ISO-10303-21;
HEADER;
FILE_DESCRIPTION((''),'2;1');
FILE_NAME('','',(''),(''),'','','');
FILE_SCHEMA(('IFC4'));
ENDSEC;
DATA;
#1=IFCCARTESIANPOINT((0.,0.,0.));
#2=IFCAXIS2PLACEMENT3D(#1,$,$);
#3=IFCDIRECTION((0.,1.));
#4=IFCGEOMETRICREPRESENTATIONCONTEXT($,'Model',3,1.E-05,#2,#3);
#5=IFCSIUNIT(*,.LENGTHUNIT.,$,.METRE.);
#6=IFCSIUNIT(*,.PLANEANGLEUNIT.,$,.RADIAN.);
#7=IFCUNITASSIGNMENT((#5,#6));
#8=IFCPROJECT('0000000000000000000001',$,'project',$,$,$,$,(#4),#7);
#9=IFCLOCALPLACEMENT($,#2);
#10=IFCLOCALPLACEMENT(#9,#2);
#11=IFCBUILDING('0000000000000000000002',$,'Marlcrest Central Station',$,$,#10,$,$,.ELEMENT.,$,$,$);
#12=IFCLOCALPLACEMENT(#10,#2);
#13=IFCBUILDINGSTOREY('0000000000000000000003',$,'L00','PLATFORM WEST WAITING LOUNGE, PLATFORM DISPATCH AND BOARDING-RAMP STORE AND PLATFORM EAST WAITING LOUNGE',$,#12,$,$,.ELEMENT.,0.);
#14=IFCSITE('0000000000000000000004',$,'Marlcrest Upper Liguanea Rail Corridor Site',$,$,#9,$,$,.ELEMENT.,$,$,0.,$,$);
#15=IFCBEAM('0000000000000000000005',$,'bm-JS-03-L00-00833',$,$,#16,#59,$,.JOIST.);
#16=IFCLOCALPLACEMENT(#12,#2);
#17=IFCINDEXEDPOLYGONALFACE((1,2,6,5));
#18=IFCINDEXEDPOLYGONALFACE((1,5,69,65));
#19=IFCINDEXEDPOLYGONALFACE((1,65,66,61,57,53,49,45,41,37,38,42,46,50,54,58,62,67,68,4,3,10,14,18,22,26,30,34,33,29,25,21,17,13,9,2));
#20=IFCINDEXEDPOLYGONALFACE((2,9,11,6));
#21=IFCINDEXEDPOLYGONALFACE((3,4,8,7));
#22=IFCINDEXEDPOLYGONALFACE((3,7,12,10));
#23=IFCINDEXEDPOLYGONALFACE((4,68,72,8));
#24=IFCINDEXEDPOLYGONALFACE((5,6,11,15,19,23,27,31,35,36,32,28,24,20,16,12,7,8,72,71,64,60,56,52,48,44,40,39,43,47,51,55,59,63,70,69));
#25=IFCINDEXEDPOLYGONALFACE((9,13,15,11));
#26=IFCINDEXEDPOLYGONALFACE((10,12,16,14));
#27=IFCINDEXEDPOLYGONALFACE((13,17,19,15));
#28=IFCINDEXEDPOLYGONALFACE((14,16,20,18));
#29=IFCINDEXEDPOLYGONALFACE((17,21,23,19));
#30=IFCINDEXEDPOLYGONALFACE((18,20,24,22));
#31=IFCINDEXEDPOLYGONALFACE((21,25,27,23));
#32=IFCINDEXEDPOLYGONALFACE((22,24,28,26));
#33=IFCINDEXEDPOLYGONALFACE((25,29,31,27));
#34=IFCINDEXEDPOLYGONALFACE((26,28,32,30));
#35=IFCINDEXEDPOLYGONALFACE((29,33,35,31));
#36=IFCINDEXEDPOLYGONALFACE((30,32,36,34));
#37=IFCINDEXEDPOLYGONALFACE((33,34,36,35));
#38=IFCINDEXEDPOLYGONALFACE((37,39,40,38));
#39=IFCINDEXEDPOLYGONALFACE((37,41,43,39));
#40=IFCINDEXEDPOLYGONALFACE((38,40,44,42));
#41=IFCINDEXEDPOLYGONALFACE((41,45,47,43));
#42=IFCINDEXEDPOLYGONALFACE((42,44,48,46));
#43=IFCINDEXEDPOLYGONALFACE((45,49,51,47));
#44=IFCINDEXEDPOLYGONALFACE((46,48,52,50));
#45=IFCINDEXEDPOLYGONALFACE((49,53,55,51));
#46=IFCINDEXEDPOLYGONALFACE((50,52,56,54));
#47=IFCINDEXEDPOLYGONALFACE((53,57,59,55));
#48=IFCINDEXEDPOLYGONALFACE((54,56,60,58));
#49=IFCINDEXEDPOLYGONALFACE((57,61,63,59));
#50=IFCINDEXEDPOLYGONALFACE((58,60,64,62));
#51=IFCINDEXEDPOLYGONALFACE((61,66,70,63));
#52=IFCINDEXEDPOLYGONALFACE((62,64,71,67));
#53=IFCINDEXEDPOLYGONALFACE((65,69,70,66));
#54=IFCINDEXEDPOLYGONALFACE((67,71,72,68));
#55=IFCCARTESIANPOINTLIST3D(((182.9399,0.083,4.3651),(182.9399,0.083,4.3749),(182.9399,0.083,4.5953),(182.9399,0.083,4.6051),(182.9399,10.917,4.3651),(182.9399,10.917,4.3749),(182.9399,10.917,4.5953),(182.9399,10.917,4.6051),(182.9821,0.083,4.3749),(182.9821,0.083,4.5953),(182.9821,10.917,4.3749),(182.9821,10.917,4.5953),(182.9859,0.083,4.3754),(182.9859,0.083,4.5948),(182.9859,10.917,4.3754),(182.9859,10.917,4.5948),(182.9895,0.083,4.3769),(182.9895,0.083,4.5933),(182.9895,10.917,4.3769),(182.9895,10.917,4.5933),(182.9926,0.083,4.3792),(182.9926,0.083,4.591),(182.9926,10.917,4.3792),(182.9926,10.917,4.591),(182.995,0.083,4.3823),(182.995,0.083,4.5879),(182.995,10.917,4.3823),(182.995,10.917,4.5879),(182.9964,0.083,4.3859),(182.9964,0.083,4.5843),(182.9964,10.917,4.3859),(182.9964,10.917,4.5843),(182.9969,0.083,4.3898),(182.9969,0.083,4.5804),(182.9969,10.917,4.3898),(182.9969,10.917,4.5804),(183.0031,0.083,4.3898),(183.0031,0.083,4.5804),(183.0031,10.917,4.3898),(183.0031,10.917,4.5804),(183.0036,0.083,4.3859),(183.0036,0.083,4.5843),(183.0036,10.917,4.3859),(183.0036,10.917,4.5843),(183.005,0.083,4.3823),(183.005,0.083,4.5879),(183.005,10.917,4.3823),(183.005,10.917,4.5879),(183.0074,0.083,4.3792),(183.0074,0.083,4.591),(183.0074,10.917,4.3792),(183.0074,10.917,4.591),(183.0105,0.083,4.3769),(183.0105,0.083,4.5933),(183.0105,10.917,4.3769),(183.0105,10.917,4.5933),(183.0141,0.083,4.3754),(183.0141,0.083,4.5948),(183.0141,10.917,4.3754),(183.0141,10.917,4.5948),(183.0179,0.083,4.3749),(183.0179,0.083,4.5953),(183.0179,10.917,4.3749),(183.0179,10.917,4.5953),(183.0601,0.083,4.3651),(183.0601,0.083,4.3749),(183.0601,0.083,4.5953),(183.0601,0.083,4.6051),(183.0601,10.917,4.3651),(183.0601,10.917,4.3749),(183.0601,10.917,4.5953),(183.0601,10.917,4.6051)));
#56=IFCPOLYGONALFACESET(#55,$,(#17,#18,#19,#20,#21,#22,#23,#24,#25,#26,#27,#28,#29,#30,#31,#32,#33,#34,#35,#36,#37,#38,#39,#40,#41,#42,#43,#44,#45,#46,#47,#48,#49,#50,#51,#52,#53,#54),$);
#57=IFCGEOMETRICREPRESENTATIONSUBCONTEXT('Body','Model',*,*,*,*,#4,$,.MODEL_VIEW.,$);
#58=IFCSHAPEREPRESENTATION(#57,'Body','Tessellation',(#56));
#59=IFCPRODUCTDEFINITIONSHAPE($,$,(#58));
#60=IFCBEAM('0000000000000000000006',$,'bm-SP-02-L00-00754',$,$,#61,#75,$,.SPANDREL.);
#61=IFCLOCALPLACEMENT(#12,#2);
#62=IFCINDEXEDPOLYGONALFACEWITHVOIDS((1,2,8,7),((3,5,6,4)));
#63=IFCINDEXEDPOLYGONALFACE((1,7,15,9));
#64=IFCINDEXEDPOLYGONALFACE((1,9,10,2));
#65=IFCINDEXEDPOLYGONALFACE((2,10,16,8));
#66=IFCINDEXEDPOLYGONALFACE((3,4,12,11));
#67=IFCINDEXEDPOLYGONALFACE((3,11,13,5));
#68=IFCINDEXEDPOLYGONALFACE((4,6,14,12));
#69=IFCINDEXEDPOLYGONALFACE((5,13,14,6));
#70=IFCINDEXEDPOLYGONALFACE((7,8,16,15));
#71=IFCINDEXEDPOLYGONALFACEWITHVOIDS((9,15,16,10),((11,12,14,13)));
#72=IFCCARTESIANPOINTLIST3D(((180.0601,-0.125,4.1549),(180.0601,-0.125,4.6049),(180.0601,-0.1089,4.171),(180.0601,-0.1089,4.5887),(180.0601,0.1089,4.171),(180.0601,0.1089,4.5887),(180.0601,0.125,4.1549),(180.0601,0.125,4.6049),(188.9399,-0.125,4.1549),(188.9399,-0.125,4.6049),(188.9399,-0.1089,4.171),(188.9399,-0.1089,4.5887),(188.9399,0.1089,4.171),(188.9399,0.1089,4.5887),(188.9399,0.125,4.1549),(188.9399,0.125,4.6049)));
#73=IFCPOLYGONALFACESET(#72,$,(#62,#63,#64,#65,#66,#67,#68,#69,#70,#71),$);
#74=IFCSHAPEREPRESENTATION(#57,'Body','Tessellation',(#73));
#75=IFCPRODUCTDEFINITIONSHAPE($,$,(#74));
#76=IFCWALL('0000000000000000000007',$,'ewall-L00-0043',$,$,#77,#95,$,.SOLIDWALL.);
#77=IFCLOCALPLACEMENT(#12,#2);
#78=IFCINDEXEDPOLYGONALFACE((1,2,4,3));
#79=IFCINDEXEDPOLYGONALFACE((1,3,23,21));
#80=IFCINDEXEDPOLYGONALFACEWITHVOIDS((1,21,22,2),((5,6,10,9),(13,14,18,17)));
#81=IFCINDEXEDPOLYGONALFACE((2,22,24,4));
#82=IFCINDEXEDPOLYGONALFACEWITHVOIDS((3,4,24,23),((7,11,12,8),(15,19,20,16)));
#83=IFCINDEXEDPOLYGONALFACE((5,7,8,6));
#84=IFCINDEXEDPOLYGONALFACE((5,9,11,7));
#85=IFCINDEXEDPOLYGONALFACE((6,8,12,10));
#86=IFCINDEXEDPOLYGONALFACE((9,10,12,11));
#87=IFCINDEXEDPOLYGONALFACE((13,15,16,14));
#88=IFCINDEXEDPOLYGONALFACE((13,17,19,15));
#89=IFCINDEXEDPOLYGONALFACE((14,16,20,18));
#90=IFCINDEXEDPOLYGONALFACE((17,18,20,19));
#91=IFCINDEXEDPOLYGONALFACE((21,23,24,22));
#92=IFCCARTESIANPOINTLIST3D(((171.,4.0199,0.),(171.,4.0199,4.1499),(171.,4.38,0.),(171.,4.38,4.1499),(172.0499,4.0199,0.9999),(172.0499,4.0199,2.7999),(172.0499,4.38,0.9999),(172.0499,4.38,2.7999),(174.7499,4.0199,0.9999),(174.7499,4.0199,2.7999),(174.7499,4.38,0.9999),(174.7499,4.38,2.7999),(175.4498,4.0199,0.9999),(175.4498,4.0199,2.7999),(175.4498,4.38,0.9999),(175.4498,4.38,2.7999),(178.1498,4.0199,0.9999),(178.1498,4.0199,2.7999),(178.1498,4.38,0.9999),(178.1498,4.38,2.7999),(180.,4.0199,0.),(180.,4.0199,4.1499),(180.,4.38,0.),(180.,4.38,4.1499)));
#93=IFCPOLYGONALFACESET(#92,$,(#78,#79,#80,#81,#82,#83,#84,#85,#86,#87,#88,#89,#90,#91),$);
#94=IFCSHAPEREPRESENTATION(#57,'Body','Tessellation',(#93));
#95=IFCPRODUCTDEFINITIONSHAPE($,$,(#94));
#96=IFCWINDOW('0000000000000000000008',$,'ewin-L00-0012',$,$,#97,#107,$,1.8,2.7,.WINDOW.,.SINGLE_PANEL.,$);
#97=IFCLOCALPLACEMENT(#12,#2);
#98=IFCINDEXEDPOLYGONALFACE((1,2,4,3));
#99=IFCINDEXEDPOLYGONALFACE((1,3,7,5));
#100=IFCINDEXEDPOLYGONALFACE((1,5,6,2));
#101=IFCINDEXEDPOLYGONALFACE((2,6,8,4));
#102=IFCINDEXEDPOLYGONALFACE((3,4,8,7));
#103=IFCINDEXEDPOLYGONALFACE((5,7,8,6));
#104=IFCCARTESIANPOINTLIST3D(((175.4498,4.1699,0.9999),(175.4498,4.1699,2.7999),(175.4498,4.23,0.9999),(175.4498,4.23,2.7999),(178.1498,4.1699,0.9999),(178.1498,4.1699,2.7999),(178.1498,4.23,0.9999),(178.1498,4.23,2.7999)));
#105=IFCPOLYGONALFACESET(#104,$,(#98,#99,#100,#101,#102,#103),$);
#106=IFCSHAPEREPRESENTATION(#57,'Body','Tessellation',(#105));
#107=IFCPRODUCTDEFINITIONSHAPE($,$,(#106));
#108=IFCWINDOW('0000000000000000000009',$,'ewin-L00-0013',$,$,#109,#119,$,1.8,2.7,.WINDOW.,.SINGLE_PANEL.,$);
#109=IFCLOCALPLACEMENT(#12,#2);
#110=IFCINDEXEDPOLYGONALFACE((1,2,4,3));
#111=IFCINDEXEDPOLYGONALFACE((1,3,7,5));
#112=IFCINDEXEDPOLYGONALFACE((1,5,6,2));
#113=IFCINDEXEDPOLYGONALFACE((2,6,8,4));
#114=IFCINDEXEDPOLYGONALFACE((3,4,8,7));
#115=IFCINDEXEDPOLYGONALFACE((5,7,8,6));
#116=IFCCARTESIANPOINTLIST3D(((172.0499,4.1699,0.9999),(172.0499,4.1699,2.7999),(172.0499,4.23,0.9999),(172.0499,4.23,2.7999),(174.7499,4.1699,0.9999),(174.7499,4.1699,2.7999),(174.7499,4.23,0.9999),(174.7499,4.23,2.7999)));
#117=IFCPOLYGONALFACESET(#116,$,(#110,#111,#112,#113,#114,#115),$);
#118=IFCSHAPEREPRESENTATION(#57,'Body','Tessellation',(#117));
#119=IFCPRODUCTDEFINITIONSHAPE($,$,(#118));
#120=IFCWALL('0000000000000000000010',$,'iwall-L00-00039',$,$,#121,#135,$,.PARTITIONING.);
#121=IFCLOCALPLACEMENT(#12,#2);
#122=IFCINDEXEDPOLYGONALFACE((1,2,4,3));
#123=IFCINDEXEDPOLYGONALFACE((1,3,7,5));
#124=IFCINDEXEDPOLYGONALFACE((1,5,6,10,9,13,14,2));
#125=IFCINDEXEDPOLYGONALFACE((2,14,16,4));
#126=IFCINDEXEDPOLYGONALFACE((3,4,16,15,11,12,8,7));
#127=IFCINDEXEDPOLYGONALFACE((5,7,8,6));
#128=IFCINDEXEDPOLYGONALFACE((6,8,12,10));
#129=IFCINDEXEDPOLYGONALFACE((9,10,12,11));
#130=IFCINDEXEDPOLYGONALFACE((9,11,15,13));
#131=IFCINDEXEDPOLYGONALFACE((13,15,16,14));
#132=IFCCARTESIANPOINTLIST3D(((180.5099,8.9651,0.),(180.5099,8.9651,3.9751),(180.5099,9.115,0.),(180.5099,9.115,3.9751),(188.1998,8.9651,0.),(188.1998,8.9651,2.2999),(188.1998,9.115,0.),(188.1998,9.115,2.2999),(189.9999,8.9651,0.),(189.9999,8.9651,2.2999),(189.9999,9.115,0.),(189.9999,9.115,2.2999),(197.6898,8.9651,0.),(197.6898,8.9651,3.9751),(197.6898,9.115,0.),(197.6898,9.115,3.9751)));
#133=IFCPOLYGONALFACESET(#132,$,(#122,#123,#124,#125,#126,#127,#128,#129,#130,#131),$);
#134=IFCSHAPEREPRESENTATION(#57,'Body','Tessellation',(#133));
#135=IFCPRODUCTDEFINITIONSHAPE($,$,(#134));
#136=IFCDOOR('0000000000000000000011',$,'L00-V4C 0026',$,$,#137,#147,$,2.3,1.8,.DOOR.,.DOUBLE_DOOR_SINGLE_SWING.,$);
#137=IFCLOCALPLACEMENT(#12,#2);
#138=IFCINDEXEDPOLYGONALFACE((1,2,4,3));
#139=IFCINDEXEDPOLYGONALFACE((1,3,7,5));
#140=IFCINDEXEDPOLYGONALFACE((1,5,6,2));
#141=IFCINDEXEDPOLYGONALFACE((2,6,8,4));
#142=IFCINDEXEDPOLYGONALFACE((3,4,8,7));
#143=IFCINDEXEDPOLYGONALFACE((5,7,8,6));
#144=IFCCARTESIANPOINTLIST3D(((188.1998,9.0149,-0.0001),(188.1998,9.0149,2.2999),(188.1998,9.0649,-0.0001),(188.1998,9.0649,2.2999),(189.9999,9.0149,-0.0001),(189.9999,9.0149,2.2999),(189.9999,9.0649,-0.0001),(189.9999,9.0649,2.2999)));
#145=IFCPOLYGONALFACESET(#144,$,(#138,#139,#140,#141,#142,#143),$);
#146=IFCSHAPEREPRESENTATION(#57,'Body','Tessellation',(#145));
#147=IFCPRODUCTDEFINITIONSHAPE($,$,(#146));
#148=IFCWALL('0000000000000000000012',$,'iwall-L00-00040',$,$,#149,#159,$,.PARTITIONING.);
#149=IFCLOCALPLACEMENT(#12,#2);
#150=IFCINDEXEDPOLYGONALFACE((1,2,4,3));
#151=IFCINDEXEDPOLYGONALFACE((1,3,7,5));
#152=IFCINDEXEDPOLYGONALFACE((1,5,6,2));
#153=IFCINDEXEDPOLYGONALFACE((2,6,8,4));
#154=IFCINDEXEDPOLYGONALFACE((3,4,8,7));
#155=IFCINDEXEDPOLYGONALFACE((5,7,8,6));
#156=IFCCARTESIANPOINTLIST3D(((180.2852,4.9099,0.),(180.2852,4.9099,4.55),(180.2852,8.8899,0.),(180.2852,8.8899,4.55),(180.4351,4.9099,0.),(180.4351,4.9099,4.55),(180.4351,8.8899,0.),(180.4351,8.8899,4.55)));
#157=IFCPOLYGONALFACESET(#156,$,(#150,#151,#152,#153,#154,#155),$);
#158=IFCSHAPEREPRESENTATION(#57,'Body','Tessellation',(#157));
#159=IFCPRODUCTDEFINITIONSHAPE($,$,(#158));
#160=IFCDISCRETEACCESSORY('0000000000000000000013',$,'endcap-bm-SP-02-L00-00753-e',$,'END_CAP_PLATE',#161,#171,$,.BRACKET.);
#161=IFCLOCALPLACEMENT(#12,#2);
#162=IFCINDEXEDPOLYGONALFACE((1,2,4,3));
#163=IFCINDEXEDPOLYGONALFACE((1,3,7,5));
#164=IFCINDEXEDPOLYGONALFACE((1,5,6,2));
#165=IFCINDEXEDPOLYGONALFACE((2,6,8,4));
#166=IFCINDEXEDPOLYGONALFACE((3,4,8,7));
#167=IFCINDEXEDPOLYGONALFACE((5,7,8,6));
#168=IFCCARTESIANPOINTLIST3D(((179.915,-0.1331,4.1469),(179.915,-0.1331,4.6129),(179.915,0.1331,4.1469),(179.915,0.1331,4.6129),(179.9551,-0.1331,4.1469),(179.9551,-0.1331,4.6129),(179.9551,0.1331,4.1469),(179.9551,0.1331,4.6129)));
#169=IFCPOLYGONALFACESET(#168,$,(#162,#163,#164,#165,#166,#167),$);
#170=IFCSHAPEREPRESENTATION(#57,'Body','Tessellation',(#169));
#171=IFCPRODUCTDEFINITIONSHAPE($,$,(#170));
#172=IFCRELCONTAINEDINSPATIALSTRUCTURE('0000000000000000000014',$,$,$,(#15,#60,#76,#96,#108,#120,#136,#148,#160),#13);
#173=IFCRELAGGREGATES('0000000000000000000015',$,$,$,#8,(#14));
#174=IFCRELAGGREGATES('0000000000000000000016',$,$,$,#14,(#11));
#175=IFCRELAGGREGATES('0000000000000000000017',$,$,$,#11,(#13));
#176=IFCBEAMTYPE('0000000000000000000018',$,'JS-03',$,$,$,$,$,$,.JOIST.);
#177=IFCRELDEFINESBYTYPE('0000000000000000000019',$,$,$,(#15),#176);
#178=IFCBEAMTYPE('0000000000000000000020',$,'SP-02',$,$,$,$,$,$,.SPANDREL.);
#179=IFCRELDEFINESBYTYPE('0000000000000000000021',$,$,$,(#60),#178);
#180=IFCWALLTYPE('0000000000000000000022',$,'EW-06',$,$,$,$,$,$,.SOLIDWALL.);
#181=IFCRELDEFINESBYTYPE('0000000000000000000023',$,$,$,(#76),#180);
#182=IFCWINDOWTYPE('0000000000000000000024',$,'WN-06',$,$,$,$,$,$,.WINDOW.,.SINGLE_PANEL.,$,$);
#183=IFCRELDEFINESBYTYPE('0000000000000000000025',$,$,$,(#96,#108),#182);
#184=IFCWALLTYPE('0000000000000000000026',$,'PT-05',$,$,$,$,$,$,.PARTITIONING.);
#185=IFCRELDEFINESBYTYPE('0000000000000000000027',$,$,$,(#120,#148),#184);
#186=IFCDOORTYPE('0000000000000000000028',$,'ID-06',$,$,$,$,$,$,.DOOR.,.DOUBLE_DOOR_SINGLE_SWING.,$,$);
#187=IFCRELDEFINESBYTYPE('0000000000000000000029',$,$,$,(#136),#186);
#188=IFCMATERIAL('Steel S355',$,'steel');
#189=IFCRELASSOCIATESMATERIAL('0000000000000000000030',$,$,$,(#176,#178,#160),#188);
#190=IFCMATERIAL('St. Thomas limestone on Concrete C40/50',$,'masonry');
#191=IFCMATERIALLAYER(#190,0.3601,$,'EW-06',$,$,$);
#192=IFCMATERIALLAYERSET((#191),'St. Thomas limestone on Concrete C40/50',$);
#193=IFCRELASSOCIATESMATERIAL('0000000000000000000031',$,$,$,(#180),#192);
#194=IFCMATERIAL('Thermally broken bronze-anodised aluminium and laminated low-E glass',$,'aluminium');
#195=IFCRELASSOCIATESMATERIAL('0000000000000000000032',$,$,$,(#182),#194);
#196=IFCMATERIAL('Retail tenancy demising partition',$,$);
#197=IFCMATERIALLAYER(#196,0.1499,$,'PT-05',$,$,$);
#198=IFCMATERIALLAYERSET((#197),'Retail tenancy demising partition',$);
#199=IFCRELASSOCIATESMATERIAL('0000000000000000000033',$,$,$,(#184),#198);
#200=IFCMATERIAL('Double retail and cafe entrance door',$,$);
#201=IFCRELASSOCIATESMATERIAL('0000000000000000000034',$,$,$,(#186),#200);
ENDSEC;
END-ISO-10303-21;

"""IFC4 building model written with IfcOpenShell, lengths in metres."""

from ifc_helpers import new_model, si_unit, direction, frame, frame_2d, origin, origin_2d, place, context, subcontext, project, spatial, rectangle, hollow_rectangle, i_section, extrude, material, layer, layer_set, material_profile, profile_set, type_object, element, fill, save


model = new_model("IFC4")

# Units and contexts
model_context = context("Model", 3, precision=1e-05, world=origin(), true_north=direction((0.0, 1.0)))
body_context = subcontext(model_context, "Body", "Model", "MODEL_VIEW")
ifc_project = project(units=[si_unit("LENGTHUNIT", "METRE"), si_unit("PLANEANGLEUNIT", "RADIAN")], contexts=[model_context])

# Site, building, storey
site_placement = place(None, origin())
site = spatial("IfcSite", under=ifc_project, at=site_placement, Name="Marlcrest Upper Liguanea Rail Corridor Site", CompositionType="ELEMENT", RefElevation=0.0)
building_placement = place(site_placement, origin())
building = spatial("IfcBuilding", under=site, at=building_placement, Name="Marlcrest Central Station", CompositionType="ELEMENT")
storey_placement = place(building_placement, origin())
storey = spatial("IfcBuildingStorey", under=building, at=storey_placement, Name="L00", Description="PLATFORM WEST WAITING LOUNGE, PLATFORM DISPATCH AND BOARDING-RAMP STORE AND PLATFORM EAST WAITING LOUNGE", CompositionType="ELEMENT", Elevation=0.0)

# Beams
ifc_material_1 = material(Name="Steel S355", Category="steel")
ifc_material_profile_1 = material_profile(ifc_material_1, i_section(OverallWidth=0.1201, OverallDepth=0.24, WebThickness=0.0061, FlangeThickness=0.0098, FilletRadius=0.0149, at=origin_2d()), Name="IPE 240")
ifc_profile_set_1 = profile_set([ifc_material_profile_1], Name="Steel S355")
beam_type_1 = type_object("IfcBeamType", Name="JS-03", PredefinedType="JOIST", material=ifc_profile_set_1)
beam_1_placement = place(storey_placement, frame((183.0, 0.083, 4.4851), z_axis=(0.0, 1.0, 0.0), x_axis=(-1.0, 0.0, 0.0)))
element("IfcBeam", 1, at=beam_1_placement, inside=storey, type_object=beam_type_1, Name="bm-JS-03-L00-00833", PredefinedType="JOIST", context=body_context, shape_type="SweptSolid", body=[
    extrude(i_section(OverallWidth=0.1201, OverallDepth=0.24, WebThickness=0.0061, FlangeThickness=0.0098, FilletRadius=0.0149, at=origin_2d()), origin(), (0.0, 0.0, 1.0), 10.834),
])
ifc_material_profile_2 = material_profile(ifc_material_1, hollow_rectangle(XDim=0.25, YDim=0.45, WallThickness=0.0161, at=origin_2d()), Name="RHS 450x250x16")
ifc_profile_set_2 = profile_set([ifc_material_profile_2], Name="Steel S355")
beam_type_2 = type_object("IfcBeamType", Name="SP-02", PredefinedType="SPANDREL", material=ifc_profile_set_2)
beam_2_placement = place(storey_placement, frame((180.0601, 0.0, 4.3799), z_axis=(1.0, 0.0, 0.0), x_axis=(0.0, 1.0, 0.0)))
element("IfcBeam", 2, at=beam_2_placement, inside=storey, type_object=beam_type_2, Name="bm-SP-02-L00-00754", PredefinedType="SPANDREL", context=body_context, shape_type="SweptSolid", body=[
    extrude(hollow_rectangle(XDim=0.25, YDim=0.45, WallThickness=0.0161, at=origin_2d()), origin(), (0.0, 0.0, 1.0), 8.8799),
])

# Wall, openings, windows
ifc_material_2 = material(Name="St. Thomas limestone on Concrete C40/50", Category="masonry")
ifc_layer_1 = layer(ifc_material_2, 0.3601, Name="EW-06")
ifc_layer_set_1 = layer_set([ifc_layer_1], Name="St. Thomas limestone on Concrete C40/50")
wall_type_1 = type_object("IfcWallType", Name="EW-06", PredefinedType="SOLIDWALL", material=ifc_layer_set_1)
wall_1_placement = place(storey_placement, frame((180.0, 4.2, 0.0), z_axis=(0.0, 0.0, 1.0), x_axis=(-1.0, 0.0, 0.0)))
wall_1 = element("IfcWall", 3, at=wall_1_placement, inside=storey, type_object=wall_type_1, Name="ewall-L00-0043", PredefinedType="SOLIDWALL", context=body_context, shape_type="SweptSolid", body=[
    extrude(rectangle(XDim=9.0, YDim=0.3601, at=frame_2d((4.5, 0.0))), origin(), (0.0, 0.0, 1.0), 4.1499),
])
opening_1_placement = place(wall_1_placement, frame((1.8501, 0.0, 1.0)))
opening_1 = element("IfcOpeningElement", 4, at=opening_1_placement, cuts=wall_1, PredefinedType="OPENING", context=body_context, shape_type="SweptSolid", body=[
    extrude(rectangle(XDim=2.7, YDim=1.8, at=frame_2d((1.3501, 0.8999))), frame((0.0, 0.1899, 0.0), z_axis=(0.0, -1.0, 0.0), x_axis=(1.0, 0.0, 0.0)), (0.0, 0.0, 1.0), 0.3801),
])
opening_2_placement = place(wall_1_placement, frame((5.25, 0.0, 1.0)))
opening_2 = element("IfcOpeningElement", 5, at=opening_2_placement, cuts=wall_1, PredefinedType="OPENING", context=body_context, shape_type="SweptSolid", body=[
    extrude(rectangle(XDim=2.7, YDim=1.8, at=frame_2d((1.3501, 0.8999))), frame((0.0, 0.1899, 0.0), z_axis=(0.0, -1.0, 0.0), x_axis=(1.0, 0.0, 0.0)), (0.0, 0.0, 1.0), 0.3801),
])
ifc_material_3 = material(Name="Thermally broken bronze-anodised aluminium and laminated low-E glass", Category="aluminium")
window_type = type_object("IfcWindowType", Name="WN-06", PartitioningType="SINGLE_PANEL", PredefinedType="WINDOW", material=ifc_material_3)
window_1_placement = place(opening_1_placement, origin())
window_1 = element("IfcWindow", 6, at=window_1_placement, inside=storey, type_object=window_type, Name="ewin-L00-0012", OverallHeight=1.8, OverallWidth=2.7, PartitioningType="SINGLE_PANEL", PredefinedType="WINDOW", context=body_context, shape_type="SweptSolid", body=[
    extrude(rectangle(XDim=2.7, YDim=1.8, at=frame_2d((1.3501, 0.8999))), frame((0.0, 0.03, 0.0), z_axis=(0.0, -1.0, 0.0), x_axis=(1.0, 0.0, 0.0)), (0.0, 0.0, 1.0), 0.0601),
])
fill(opening_1, window_1)
window_2_placement = place(opening_2_placement, origin())
window_2 = element("IfcWindow", 7, at=window_2_placement, inside=storey, type_object=window_type, Name="ewin-L00-0013", OverallHeight=1.8, OverallWidth=2.7, PartitioningType="SINGLE_PANEL", PredefinedType="WINDOW", context=body_context, shape_type="SweptSolid", body=[
    extrude(rectangle(XDim=2.7, YDim=1.8, at=frame_2d((1.3501, 0.8999))), frame((0.0, 0.03, 0.0), z_axis=(0.0, -1.0, 0.0), x_axis=(1.0, 0.0, 0.0)), (0.0, 0.0, 1.0), 0.0601),
])
fill(opening_2, window_2)

# Wall, opening, door
ifc_material_4 = material(Name="Retail tenancy demising partition")
ifc_layer_2 = layer(ifc_material_4, 0.1499, Name="PT-05")
ifc_layer_set_2 = layer_set([ifc_layer_2], Name="Retail tenancy demising partition")
wall_type_2 = type_object("IfcWallType", Name="PT-05", PredefinedType="PARTITIONING", material=ifc_layer_set_2)
wall_2_placement = place(storey_placement, frame((180.51, 9.04, 0.0), z_axis=(0.0, 0.0, 1.0), x_axis=(1.0, 0.0, 0.0)))
wall_2 = element("IfcWall", 8, at=wall_2_placement, inside=storey, type_object=wall_type_2, Name="iwall-L00-00039", PredefinedType="PARTITIONING", context=body_context, shape_type="SweptSolid", body=[
    extrude(rectangle(XDim=17.1799, YDim=0.1499, at=frame_2d((8.5898, 0.0))), origin(), (0.0, 0.0, 1.0), 3.9751),
])
opening_3_placement = place(wall_2_placement, frame((7.6899, 0.0, 0.0)))
opening_3 = element("IfcOpeningElement", 9, at=opening_3_placement, cuts=wall_2, PredefinedType="OPENING", context=body_context, shape_type="SweptSolid", body=[
    extrude(rectangle(XDim=1.8, YDim=2.3, at=frame_2d((0.8999, 1.1499))), frame((0.0, 0.085, 0.0), z_axis=(0.0, -1.0, 0.0), x_axis=(1.0, 0.0, 0.0)), (0.0, 0.0, 1.0), 0.1699),
])
ifc_material_5 = material(Name="Double retail and cafe entrance door")
door_type = type_object("IfcDoorType", Name="ID-06", OperationType="DOUBLE_DOOR_SINGLE_SWING", PredefinedType="DOOR", material=ifc_material_5)
door_placement = place(opening_3_placement, origin())
door = element("IfcDoor", 10, at=door_placement, inside=storey, type_object=door_type, Name="L00-V4C 0026", OperationType="DOUBLE_DOOR_SINGLE_SWING", OverallHeight=2.3, OverallWidth=1.8, PredefinedType="DOOR", context=body_context, shape_type="SweptSolid", body=[
    extrude(rectangle(XDim=1.8, YDim=2.3, at=frame_2d((0.8999, 1.1499))), frame((0.0, 0.0249, 0.0), z_axis=(0.0, -1.0, 0.0), x_axis=(1.0, 0.0, 0.0)), (0.0, 0.0, 1.0), 0.05),
])
fill(opening_3, door)

# Wall
wall_3_placement = place(storey_placement, frame((180.3601, 4.9099, 0.0), z_axis=(0.0, 0.0, 1.0), x_axis=(0.0, 1.0, 0.0)))
element("IfcWall", 11, at=wall_3_placement, inside=storey, type_object=wall_type_2, Name="iwall-L00-00040", PredefinedType="PARTITIONING", context=body_context, shape_type="SweptSolid", body=[
    extrude(rectangle(XDim=3.98, YDim=0.1499, at=frame_2d((1.99, 0.0))), origin(), (0.0, 0.0, 1.0), 4.55),
])

# Discrete accessory
for number, where, z_axis, x_axis, name in (
    (12, (179.915, 0.0, 4.3799), (1.0, 0.0, 0.0), (0.0, 1.0, 0.0), "endcap-bm-SP-02-L00-00753-e"),
):
    element("IfcDiscreteAccessory", number, at=place(storey_placement, frame(where, z_axis=z_axis, x_axis=x_axis)), inside=storey, material=ifc_material_1, Name=name, ObjectType="END_CAP_PLATE", PredefinedType="BRACKET", context=body_context, shape_type="SweptSolid", body=[
        extrude(rectangle(XDim=0.2661, YDim=0.4661, at=origin_2d()), origin(), (0.0, 0.0, 1.0), 0.04),
    ])

save(model, "model.ifc")
